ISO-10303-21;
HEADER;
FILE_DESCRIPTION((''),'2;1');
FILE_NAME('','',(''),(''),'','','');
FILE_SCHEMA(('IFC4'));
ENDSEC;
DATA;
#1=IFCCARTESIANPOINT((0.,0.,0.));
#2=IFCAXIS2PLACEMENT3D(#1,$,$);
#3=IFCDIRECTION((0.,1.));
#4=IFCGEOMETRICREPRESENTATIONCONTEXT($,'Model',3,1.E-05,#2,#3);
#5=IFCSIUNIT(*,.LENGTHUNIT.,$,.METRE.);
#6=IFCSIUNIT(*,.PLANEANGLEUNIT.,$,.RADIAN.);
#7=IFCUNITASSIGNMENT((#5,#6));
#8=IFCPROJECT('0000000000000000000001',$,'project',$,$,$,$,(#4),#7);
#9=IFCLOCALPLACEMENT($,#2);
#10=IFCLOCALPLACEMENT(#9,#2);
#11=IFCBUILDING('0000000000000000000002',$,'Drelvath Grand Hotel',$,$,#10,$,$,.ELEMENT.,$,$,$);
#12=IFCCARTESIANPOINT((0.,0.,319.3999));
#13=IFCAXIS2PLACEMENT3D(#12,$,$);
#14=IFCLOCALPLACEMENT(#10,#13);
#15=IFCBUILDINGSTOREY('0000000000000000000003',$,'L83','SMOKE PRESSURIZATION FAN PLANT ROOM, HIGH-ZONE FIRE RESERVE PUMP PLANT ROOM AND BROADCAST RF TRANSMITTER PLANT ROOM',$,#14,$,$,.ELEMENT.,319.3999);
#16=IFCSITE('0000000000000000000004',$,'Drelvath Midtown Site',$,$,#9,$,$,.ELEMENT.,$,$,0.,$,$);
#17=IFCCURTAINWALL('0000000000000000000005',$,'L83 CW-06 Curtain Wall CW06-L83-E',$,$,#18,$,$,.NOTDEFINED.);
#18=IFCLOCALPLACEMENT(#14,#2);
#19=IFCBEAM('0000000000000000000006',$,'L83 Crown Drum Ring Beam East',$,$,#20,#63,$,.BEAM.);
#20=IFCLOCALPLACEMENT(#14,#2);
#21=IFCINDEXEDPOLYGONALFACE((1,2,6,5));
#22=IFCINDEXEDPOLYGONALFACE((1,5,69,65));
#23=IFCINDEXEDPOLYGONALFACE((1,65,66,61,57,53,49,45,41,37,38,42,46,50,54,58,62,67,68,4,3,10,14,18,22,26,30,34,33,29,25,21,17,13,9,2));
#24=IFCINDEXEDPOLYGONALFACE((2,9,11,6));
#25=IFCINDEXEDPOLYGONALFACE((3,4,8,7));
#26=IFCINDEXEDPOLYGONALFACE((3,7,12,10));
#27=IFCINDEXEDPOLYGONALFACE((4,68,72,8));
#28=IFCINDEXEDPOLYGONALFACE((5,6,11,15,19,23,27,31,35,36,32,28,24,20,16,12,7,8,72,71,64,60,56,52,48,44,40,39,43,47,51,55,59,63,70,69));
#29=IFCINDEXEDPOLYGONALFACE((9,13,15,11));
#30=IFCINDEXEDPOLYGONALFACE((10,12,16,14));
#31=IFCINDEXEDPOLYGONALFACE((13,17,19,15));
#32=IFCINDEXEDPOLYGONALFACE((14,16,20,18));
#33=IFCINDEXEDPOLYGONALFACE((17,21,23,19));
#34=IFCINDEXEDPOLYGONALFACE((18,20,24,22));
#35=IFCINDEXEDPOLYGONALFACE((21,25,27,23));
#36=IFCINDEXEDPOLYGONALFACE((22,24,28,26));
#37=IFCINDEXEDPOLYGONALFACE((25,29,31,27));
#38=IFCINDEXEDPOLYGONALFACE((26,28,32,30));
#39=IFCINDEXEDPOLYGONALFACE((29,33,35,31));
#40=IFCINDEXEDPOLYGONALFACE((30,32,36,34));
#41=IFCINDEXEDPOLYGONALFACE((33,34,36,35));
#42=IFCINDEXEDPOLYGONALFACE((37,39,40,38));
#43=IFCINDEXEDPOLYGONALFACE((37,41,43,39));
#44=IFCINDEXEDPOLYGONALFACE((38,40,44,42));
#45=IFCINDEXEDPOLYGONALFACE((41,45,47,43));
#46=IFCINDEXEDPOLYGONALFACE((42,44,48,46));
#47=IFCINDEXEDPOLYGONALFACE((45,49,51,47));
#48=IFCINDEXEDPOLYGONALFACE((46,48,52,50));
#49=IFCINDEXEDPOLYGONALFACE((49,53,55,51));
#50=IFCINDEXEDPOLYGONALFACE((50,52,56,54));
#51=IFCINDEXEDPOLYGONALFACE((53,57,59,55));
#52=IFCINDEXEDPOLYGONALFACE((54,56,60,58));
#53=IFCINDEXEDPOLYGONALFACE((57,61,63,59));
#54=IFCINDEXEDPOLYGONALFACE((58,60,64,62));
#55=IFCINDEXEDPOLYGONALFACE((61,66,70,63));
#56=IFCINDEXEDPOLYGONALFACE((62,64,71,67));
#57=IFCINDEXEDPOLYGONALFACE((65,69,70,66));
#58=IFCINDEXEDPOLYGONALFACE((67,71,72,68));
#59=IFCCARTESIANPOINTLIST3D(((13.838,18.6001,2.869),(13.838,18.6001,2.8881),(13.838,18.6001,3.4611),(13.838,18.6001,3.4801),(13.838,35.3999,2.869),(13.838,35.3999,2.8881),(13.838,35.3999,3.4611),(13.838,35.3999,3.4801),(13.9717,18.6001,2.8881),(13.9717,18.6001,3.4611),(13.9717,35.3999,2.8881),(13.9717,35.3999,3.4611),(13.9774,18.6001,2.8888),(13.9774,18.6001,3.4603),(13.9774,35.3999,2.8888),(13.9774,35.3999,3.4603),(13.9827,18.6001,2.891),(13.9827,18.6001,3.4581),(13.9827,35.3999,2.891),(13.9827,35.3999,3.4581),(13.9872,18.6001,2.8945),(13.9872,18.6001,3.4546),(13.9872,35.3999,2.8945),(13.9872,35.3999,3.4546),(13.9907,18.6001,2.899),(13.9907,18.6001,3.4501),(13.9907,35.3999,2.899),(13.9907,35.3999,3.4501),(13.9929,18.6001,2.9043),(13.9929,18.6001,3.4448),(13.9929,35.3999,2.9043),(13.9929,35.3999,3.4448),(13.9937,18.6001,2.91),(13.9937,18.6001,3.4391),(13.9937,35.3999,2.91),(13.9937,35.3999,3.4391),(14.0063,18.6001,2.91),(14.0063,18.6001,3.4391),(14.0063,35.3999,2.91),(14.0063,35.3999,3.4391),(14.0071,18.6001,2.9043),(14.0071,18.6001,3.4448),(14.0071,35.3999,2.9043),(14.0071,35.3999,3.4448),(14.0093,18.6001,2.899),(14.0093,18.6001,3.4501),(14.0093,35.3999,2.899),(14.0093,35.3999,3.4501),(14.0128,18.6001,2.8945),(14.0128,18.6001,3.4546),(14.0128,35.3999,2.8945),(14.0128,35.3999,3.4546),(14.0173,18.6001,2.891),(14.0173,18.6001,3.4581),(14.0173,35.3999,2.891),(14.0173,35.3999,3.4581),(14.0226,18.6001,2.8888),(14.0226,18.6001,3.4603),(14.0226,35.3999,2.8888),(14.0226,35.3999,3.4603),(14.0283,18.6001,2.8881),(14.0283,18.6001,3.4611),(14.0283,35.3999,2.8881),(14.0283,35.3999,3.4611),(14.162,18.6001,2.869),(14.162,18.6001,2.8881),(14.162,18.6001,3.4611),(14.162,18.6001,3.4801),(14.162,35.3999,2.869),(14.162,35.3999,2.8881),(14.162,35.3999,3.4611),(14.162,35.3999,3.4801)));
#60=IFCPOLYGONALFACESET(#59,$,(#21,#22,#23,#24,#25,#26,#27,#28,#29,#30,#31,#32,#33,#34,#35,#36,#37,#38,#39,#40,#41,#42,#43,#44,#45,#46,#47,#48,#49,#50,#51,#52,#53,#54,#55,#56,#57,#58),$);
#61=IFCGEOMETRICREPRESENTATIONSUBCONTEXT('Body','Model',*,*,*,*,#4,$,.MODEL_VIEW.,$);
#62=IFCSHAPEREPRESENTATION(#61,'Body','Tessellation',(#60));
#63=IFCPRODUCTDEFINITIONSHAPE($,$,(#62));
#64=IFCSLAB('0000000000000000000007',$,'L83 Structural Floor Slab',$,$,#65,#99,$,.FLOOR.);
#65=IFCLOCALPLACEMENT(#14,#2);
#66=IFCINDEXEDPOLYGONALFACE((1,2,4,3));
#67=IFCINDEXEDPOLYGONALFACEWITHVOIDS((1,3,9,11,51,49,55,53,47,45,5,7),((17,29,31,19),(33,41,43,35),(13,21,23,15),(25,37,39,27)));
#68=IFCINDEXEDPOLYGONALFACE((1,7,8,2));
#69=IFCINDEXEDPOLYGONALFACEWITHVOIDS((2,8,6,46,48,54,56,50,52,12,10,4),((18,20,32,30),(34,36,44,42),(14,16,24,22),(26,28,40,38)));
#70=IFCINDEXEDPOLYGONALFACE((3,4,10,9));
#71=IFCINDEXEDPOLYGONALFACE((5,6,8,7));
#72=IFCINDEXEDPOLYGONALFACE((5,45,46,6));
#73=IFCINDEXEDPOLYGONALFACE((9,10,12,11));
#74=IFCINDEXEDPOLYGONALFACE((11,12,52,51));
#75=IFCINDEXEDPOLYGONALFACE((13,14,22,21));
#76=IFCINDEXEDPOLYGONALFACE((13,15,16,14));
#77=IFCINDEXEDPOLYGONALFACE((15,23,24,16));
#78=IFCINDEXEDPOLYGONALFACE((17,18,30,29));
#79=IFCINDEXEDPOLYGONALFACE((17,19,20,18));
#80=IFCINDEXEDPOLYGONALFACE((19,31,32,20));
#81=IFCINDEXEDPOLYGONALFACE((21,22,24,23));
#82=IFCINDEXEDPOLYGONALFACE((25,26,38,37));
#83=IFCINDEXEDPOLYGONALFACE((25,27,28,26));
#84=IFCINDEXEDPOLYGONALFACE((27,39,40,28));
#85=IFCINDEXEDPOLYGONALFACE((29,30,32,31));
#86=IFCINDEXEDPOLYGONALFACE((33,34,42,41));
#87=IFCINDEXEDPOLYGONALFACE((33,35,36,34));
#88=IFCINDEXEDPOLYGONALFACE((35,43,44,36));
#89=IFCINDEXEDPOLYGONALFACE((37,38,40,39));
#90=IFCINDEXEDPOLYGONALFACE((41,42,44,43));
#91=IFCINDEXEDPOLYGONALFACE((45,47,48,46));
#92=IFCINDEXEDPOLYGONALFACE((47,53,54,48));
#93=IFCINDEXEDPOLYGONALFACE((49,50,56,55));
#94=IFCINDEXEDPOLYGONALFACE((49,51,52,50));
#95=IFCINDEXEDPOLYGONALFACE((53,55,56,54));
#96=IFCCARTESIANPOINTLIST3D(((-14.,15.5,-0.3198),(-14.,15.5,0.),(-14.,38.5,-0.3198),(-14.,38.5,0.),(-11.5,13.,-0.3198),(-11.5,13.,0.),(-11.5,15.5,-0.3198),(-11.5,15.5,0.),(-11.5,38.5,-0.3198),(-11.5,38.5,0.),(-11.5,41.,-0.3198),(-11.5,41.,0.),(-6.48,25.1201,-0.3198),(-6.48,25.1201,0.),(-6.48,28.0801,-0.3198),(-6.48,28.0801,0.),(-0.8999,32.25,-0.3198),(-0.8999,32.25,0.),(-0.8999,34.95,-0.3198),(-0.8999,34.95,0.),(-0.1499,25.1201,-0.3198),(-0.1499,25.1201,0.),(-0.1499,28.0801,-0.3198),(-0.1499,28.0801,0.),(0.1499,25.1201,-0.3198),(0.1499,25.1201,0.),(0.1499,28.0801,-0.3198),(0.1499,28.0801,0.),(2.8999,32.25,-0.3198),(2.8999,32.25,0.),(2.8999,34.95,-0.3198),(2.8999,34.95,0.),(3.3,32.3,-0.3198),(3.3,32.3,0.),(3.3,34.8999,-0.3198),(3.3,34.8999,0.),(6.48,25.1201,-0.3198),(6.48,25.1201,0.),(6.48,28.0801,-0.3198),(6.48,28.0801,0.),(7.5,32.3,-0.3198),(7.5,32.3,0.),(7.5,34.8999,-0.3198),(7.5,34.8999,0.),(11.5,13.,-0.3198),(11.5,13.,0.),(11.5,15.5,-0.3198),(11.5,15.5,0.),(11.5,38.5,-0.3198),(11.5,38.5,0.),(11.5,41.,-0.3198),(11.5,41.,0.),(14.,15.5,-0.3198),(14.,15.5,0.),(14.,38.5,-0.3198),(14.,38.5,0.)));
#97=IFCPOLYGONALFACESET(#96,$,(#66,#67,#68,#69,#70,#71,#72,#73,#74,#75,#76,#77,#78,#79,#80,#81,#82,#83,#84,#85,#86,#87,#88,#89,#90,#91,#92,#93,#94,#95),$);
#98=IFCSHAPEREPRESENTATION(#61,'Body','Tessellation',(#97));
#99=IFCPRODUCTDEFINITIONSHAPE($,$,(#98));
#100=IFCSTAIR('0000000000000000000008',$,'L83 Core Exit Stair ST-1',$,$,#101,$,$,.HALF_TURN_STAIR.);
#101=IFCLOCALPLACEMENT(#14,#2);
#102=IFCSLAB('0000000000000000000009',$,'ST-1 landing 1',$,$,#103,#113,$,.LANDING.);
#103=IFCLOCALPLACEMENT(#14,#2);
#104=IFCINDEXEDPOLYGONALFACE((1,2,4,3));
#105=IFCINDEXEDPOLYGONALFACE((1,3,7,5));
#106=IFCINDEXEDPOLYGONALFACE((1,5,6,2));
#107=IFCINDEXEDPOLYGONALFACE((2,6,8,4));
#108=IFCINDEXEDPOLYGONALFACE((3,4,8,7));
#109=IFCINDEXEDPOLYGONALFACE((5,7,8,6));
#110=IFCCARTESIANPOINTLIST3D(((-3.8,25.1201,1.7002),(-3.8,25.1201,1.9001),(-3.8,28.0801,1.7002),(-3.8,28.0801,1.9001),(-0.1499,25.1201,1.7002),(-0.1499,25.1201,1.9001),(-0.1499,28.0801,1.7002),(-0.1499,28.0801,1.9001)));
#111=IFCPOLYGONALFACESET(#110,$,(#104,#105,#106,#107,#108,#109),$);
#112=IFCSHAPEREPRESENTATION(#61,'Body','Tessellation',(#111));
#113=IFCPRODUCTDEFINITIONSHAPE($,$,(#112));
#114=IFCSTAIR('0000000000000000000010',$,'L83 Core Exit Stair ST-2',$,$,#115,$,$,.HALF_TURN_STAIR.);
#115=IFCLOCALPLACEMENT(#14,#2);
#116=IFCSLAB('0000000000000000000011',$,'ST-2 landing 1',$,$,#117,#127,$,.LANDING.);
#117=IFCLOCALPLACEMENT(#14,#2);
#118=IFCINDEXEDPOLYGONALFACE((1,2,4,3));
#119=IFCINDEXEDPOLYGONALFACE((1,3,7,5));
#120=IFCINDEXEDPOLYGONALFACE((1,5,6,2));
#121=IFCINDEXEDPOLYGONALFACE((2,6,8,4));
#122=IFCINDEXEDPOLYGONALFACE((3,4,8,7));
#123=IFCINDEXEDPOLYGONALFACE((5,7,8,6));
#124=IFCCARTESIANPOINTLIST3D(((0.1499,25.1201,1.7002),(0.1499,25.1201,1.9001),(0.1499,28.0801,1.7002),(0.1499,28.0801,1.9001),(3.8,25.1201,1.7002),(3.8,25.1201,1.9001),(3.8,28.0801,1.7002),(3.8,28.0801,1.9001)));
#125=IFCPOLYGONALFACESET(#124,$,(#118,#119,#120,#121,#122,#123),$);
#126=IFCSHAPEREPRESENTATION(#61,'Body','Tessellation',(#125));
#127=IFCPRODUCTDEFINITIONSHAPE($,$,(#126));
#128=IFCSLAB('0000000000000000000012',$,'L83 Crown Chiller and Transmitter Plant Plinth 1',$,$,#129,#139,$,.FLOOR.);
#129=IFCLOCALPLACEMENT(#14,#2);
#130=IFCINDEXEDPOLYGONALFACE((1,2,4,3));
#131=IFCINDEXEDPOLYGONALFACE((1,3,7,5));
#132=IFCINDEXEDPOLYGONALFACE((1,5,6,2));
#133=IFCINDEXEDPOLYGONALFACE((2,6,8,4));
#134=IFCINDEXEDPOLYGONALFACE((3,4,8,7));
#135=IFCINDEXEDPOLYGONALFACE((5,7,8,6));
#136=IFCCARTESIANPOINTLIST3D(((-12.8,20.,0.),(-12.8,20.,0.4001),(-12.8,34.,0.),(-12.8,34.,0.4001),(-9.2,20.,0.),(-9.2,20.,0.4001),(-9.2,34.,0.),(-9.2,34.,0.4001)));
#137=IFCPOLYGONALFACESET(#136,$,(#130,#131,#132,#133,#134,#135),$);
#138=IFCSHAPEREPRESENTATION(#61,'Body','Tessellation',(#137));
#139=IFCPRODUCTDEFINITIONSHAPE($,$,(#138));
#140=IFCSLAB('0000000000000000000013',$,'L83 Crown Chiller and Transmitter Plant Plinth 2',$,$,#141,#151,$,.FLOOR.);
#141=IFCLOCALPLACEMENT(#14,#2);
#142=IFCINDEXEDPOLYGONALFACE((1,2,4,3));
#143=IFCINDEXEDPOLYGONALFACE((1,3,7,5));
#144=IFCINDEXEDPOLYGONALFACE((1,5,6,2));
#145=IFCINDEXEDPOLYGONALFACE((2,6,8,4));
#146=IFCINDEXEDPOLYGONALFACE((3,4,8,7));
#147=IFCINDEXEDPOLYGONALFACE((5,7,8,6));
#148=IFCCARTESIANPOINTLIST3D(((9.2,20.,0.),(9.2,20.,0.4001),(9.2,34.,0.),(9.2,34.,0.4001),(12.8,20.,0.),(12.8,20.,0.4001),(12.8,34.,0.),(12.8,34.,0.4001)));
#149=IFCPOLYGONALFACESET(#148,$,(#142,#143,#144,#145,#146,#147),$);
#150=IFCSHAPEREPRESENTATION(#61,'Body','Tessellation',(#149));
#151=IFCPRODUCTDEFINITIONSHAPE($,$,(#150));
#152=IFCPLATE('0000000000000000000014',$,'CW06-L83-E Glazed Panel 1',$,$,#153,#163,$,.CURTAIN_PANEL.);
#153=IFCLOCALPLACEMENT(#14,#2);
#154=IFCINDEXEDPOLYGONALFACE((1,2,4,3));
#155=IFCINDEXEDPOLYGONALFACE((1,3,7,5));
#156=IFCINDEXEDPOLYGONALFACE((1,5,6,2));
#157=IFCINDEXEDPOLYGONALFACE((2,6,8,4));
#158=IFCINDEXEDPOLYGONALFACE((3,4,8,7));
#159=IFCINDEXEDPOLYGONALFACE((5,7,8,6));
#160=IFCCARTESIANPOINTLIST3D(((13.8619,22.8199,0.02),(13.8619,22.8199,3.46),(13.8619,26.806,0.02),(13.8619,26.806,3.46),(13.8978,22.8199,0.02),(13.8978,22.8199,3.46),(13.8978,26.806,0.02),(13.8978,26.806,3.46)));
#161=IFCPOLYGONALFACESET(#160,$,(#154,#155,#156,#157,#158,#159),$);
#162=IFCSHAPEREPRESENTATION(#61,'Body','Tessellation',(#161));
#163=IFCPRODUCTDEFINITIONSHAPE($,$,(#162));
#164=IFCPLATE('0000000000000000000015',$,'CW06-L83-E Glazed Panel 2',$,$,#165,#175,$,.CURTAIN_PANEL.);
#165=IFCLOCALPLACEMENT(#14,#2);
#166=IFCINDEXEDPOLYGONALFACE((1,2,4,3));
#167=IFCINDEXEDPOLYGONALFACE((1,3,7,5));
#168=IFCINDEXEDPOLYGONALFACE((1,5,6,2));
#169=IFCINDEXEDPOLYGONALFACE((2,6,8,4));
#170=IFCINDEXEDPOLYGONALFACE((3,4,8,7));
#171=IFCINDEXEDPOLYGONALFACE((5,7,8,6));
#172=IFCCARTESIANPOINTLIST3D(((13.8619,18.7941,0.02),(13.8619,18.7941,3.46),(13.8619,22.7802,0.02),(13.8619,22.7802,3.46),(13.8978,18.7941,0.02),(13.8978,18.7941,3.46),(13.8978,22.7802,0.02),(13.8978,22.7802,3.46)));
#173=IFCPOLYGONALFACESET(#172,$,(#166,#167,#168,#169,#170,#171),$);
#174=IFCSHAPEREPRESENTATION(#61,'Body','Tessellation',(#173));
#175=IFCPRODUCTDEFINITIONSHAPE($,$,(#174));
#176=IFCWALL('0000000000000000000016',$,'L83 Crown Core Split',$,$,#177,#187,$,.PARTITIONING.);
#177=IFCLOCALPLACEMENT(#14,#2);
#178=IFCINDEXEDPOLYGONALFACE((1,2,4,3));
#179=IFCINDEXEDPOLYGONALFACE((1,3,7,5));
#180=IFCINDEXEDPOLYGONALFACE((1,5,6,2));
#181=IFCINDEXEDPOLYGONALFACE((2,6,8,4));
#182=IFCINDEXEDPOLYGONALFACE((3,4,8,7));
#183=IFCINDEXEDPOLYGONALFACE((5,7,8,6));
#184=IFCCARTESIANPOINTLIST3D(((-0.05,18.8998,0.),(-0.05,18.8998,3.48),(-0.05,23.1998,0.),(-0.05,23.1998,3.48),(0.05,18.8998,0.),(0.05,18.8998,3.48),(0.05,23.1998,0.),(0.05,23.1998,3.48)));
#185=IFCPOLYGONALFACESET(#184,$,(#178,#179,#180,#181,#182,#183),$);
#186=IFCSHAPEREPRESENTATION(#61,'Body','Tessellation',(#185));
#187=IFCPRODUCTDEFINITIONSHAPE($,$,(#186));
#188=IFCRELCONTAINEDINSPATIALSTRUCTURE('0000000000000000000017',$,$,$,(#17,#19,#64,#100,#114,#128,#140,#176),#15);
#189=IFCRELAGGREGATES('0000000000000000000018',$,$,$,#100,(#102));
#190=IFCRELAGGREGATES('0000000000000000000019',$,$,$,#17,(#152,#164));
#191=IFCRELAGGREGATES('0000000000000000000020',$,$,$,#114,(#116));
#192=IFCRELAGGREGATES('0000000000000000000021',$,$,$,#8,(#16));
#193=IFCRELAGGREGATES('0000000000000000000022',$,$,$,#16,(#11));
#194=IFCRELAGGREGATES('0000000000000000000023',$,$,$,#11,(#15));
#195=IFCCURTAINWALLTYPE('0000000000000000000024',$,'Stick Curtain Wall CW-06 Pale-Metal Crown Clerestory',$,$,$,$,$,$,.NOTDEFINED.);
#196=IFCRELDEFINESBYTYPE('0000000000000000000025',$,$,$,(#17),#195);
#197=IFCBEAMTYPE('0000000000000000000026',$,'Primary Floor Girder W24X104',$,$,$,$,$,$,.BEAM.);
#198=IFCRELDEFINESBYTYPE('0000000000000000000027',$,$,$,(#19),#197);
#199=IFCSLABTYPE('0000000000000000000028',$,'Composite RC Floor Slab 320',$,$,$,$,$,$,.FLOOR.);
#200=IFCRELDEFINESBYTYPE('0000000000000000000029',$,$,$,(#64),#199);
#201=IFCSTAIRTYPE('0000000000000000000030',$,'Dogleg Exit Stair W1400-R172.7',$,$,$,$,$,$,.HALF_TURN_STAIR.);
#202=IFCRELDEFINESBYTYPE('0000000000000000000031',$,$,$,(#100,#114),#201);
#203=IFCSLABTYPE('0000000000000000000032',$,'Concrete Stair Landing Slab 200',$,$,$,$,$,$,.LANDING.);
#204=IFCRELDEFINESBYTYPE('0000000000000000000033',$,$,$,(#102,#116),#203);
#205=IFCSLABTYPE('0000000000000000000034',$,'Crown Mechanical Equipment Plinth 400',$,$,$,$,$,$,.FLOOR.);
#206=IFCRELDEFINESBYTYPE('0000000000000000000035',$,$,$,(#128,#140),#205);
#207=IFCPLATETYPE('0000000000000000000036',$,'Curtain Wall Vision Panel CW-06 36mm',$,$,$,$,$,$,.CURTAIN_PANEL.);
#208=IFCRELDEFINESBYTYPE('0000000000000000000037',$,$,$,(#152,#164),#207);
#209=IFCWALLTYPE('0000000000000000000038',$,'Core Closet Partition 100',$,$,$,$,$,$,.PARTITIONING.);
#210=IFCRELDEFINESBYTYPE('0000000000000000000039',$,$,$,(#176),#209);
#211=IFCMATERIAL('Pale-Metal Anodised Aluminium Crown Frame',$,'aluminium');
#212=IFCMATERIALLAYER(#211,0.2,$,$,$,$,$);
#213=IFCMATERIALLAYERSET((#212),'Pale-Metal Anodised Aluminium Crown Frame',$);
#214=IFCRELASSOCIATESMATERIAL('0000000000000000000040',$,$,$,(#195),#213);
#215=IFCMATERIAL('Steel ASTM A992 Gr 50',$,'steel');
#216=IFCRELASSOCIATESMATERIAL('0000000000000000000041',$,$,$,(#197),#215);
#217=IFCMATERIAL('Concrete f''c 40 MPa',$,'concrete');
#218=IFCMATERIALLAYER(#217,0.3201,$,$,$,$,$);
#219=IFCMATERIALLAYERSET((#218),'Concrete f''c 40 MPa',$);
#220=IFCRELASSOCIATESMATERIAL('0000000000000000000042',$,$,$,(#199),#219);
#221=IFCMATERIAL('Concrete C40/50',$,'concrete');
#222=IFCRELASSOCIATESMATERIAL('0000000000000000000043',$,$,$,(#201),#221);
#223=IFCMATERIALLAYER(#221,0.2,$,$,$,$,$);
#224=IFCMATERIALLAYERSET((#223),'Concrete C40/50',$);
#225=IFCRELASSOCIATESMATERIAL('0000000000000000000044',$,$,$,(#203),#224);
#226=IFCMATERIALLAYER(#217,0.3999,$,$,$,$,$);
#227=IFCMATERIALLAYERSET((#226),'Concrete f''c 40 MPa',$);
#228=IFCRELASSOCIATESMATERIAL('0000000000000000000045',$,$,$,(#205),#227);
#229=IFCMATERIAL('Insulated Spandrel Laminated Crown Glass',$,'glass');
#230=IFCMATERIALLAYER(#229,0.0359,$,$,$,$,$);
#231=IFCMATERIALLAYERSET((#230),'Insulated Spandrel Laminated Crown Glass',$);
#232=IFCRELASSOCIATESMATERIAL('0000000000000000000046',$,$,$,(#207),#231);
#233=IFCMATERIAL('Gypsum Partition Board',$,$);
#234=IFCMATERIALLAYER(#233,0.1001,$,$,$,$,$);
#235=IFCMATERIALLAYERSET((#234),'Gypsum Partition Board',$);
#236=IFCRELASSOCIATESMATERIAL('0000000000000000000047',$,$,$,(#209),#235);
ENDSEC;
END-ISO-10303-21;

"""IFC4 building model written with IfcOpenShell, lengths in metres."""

from ifc_helpers import new_model, si_unit, direction, frame, frame_2d, origin, origin_2d, place, context, subcontext, project, spatial, polyline, rectangle, i_section, outline, extrude, material, layer, layer_set, material_profile, profile_set, type_object, element, aggregate, save


model = new_model("IFC4")

# Units and contexts
model_context = context("Model", 3, precision=1e-05, world=origin(), true_north=direction((0.0, 1.0)))
body_context = subcontext(model_context, "Body", "Model", "MODEL_VIEW")
ifc_project = project(units=[si_unit("LENGTHUNIT", "METRE"), si_unit("PLANEANGLEUNIT", "RADIAN")], contexts=[model_context])

# Site, building, storey
site_placement = place(None, origin())
site = spatial("IfcSite", under=ifc_project, at=site_placement, Name="Drelvath Midtown Site", CompositionType="ELEMENT", RefElevation=0.0)
building_placement = place(site_placement, origin())
building = spatial("IfcBuilding", under=site, at=building_placement, Name="Drelvath Grand Hotel", CompositionType="ELEMENT")
storey_placement = place(building_placement, frame((0.0, 0.0, 319.3999)))
storey = spatial("IfcBuildingStorey", under=building, at=storey_placement, Name="L83", Description="SMOKE PRESSURIZATION FAN PLANT ROOM, HIGH-ZONE FIRE RESERVE PUMP PLANT ROOM AND BROADCAST RF TRANSMITTER PLANT ROOM", CompositionType="ELEMENT", Elevation=319.3999)

# Curtain wall
ifc_material_1 = material(Name="Pale-Metal Anodised Aluminium Crown Frame", Category="aluminium")
ifc_layer_1 = layer(ifc_material_1, 0.2)
ifc_layer_set_1 = layer_set([ifc_layer_1], Name="Pale-Metal Anodised Aluminium Crown Frame")
curtain_wall_type = type_object("IfcCurtainWallType", Name="Stick Curtain Wall CW-06 Pale-Metal Crown Clerestory", PredefinedType="NOTDEFINED", material=ifc_layer_set_1)
curtain_wall_1_placement = place(storey_placement, origin())
curtain_wall_1 = element("IfcCurtainWall", 1, at=curtain_wall_1_placement, inside=storey, type_object=curtain_wall_type, Name="L83 CW-06 Curtain Wall CW06-L83-E", PredefinedType="NOTDEFINED")

# Beam
ifc_material_2 = material(Name="Steel ASTM A992 Gr 50", Category="steel")
ifc_material_profile_1 = material_profile(ifc_material_2, i_section(OverallWidth=0.324, OverallDepth=0.6111, WebThickness=0.0127, FlangeThickness=0.019, FilletRadius=0.022, at=origin_2d()), Name="W24X104")
ifc_profile_set_1 = profile_set([ifc_material_profile_1], Name="Steel ASTM A992 Gr 50")
beam_type_1 = type_object("IfcBeamType", Name="Primary Floor Girder W24X104", PredefinedType="BEAM", material=ifc_profile_set_1)
beam_1_placement = place(storey_placement, frame((14.0, 18.6001, 3.1746), z_axis=(0.0, 1.0, 0.0), x_axis=(-1.0, 0.0, 0.0)))
element("IfcBeam", 2, at=beam_1_placement, inside=storey, type_object=beam_type_1, Name="L83 Crown Drum Ring Beam East", PredefinedType="BEAM", context=body_context, shape_type="SweptSolid", body=[
    extrude(i_section(OverallWidth=0.324, OverallDepth=0.6111, WebThickness=0.0127, FlangeThickness=0.019, FilletRadius=0.022, at=origin_2d()), origin(), (0.0, 0.0, 1.0), 16.7998),
])

# Slab
ifc_material_3 = material(Name="Concrete f'c 40 MPa", Category="concrete")
ifc_layer_2 = layer(ifc_material_3, 0.3201)
ifc_layer_set_2 = layer_set([ifc_layer_2], Name="Concrete f'c 40 MPa")
slab_type_1 = type_object("IfcSlabType", Name="Composite RC Floor Slab 320", PredefinedType="FLOOR", material=ifc_layer_set_2)
slab_1_placement = place(storey_placement, frame((0.0, 0.0, -0.3198)))
element("IfcSlab", 3, at=slab_1_placement, inside=storey, type_object=slab_type_1, Name="L83 Structural Floor Slab", PredefinedType="FLOOR", context=body_context, shape_type="SweptSolid", body=[
    extrude(outline(polyline([(-11.5, 13.0), (11.5, 13.0), (11.5, 15.5), (14.0, 15.5), (14.0, 38.5), (11.5, 38.5), (11.5, 41.0), (-11.5, 41.0), (-11.5, 38.5), (-14.0, 38.5), (-14.0, 15.5), (-11.5, 15.5), (-11.5, 13.0)]), holes=[polyline([(-6.48, 25.1201), (-6.48, 28.0801), (-0.1499, 28.0801), (-0.1499, 25.1201), (-6.48, 25.1201)]), polyline([(0.1499, 25.1201), (0.1499, 28.0801), (6.48, 28.0801), (6.48, 25.1201), (0.1499, 25.1201)]), polyline([(-0.8999, 32.25), (-0.8999, 34.95), (2.8999, 34.95), (2.8999, 32.25), (-0.8999, 32.25)]), polyline([(3.3, 32.3), (3.3, 34.8999), (7.5, 34.8999), (7.5, 32.3), (3.3, 32.3)])]), origin(), (0.0, 0.0, 1.0), 0.3198),
])

# Stairs, slabs
ifc_material_4 = material(Name="Concrete C40/50", Category="concrete")
stair_type = type_object("IfcStairType", Name="Dogleg Exit Stair W1400-R172.7", PredefinedType="HALF_TURN_STAIR", material=ifc_material_4)
stair_1_placement = place(storey_placement, origin())
stair_1 = element("IfcStair", 4, at=stair_1_placement, inside=storey, type_object=stair_type, Name="L83 Core Exit Stair ST-1", PredefinedType="HALF_TURN_STAIR")
ifc_layer_3 = layer(ifc_material_4, 0.2)
ifc_layer_set_3 = layer_set([ifc_layer_3], Name="Concrete C40/50")
slab_type_2 = type_object("IfcSlabType", Name="Concrete Stair Landing Slab 200", PredefinedType="LANDING", material=ifc_layer_set_3)
slab_2_placement = place(storey_placement, frame((0.0, 0.0, 1.7002)))
slab_2 = element("IfcSlab", 5, at=slab_2_placement, type_object=slab_type_2, Name="ST-1 landing 1", PredefinedType="LANDING", context=body_context, shape_type="SweptSolid", body=[
    extrude(outline(polyline([(-3.8, 25.1201), (-0.1499, 25.1201), (-0.1499, 28.0801), (-3.8, 28.0801), (-3.8, 25.1201)])), origin(), (0.0, 0.0, 1.0), 0.2),
])
aggregate(stair_1, [slab_2])
stair_2_placement = place(storey_placement, origin())
stair_2 = element("IfcStair", 6, at=stair_2_placement, inside=storey, type_object=stair_type, Name="L83 Core Exit Stair ST-2", PredefinedType="HALF_TURN_STAIR")
slab_3_placement = place(storey_placement, frame((0.0, 0.0, 1.7002)))
slab_3 = element("IfcSlab", 7, at=slab_3_placement, type_object=slab_type_2, Name="ST-2 landing 1", PredefinedType="LANDING", context=body_context, shape_type="SweptSolid", body=[
    extrude(outline(polyline([(3.8, 28.0801), (0.1499, 28.0801), (0.1499, 25.1201), (3.8, 25.1201), (3.8, 28.0801)])), origin(), (0.0, 0.0, 1.0), 0.2),
])

# Slabs
ifc_layer_4 = layer(ifc_material_3, 0.3999)
ifc_layer_set_4 = layer_set([ifc_layer_4], Name="Concrete f'c 40 MPa")
slab_type_3 = type_object("IfcSlabType", Name="Crown Mechanical Equipment Plinth 400", PredefinedType="FLOOR", material=ifc_layer_set_4)
slab_4_placement = place(storey_placement, origin())
element("IfcSlab", 8, at=slab_4_placement, inside=storey, type_object=slab_type_3, Name="L83 Crown Chiller and Transmitter Plant Plinth 1", PredefinedType="FLOOR", context=body_context, shape_type="SweptSolid", body=[
    extrude(outline(polyline([(-12.8, 20.0), (-9.2, 20.0), (-9.2, 34.0), (-12.8, 34.0), (-12.8, 20.0)])), origin(), (0.0, 0.0, 1.0), 0.4001),
])
slab_5_placement = place(storey_placement, origin())
element("IfcSlab", 9, at=slab_5_placement, inside=storey, type_object=slab_type_3, Name="L83 Crown Chiller and Transmitter Plant Plinth 2", PredefinedType="FLOOR", context=body_context, shape_type="SweptSolid", body=[
    extrude(outline(polyline([(9.2, 20.0), (12.8, 20.0), (12.8, 34.0), (9.2, 34.0), (9.2, 20.0)])), origin(), (0.0, 0.0, 1.0), 0.4001),
])

# Plates
ifc_material_5 = material(Name="Insulated Spandrel Laminated Crown Glass", Category="glass")
ifc_layer_5 = layer(ifc_material_5, 0.0359)
ifc_layer_set_5 = layer_set([ifc_layer_5], Name="Insulated Spandrel Laminated Crown Glass")
plate_type = type_object("IfcPlateType", Name="Curtain Wall Vision Panel CW-06 36mm", PredefinedType="CURTAIN_PANEL", material=ifc_layer_set_5)
plate_1_placement = place(storey_placement, frame((13.8799, 24.813, 0.02), z_axis=(0.0, 0.0, 1.0), x_axis=(0.0, -1.0, 0.0)))
plate_1 = element("IfcPlate", 10, at=plate_1_placement, type_object=plate_type, Name="CW06-L83-E Glazed Panel 1", PredefinedType="CURTAIN_PANEL", context=body_context, shape_type="SweptSolid", body=[
    extrude(rectangle(XDim=3.9861, YDim=0.0359, at=origin_2d()), origin(), (0.0, 0.0, 1.0), 3.4399),
])
plate_2_placement = place(storey_placement, frame((13.8799, 20.7871, 0.02), z_axis=(0.0, 0.0, 1.0), x_axis=(0.0, -1.0, 0.0)))
plate_2 = element("IfcPlate", 11, at=plate_2_placement, type_object=plate_type, Name="CW06-L83-E Glazed Panel 2", PredefinedType="CURTAIN_PANEL", context=body_context, shape_type="SweptSolid", body=[
    extrude(rectangle(XDim=3.9861, YDim=0.0359, at=origin_2d()), origin(), (0.0, 0.0, 1.0), 3.4399),
])
aggregate(curtain_wall_1, [plate_1, plate_2])

# Wall
ifc_material_6 = material(Name="Gypsum Partition Board")
ifc_layer_6 = layer(ifc_material_6, 0.1001)
ifc_layer_set_6 = layer_set([ifc_layer_6], Name="Gypsum Partition Board")
wall_type_1 = type_object("IfcWallType", Name="Core Closet Partition 100", PredefinedType="PARTITIONING", material=ifc_layer_set_6)
wall_1_placement = place(storey_placement, frame((0.0, 18.8999, 0.0), z_axis=(0.0, 0.0, 1.0), x_axis=(0.0, 1.0, 0.0)))
element("IfcWall", 12, at=wall_1_placement, inside=storey, type_object=wall_type_1, Name="L83 Crown Core Split", PredefinedType="PARTITIONING", context=body_context, shape_type="SweptSolid", body=[
    extrude(rectangle(XDim=4.3, YDim=0.1001, at=frame_2d((2.1499, 0.0))), origin(), (0.0, 0.0, 1.0), 3.48),
])

aggregate(stair_2, [slab_3])

save(model, "model.ifc")
